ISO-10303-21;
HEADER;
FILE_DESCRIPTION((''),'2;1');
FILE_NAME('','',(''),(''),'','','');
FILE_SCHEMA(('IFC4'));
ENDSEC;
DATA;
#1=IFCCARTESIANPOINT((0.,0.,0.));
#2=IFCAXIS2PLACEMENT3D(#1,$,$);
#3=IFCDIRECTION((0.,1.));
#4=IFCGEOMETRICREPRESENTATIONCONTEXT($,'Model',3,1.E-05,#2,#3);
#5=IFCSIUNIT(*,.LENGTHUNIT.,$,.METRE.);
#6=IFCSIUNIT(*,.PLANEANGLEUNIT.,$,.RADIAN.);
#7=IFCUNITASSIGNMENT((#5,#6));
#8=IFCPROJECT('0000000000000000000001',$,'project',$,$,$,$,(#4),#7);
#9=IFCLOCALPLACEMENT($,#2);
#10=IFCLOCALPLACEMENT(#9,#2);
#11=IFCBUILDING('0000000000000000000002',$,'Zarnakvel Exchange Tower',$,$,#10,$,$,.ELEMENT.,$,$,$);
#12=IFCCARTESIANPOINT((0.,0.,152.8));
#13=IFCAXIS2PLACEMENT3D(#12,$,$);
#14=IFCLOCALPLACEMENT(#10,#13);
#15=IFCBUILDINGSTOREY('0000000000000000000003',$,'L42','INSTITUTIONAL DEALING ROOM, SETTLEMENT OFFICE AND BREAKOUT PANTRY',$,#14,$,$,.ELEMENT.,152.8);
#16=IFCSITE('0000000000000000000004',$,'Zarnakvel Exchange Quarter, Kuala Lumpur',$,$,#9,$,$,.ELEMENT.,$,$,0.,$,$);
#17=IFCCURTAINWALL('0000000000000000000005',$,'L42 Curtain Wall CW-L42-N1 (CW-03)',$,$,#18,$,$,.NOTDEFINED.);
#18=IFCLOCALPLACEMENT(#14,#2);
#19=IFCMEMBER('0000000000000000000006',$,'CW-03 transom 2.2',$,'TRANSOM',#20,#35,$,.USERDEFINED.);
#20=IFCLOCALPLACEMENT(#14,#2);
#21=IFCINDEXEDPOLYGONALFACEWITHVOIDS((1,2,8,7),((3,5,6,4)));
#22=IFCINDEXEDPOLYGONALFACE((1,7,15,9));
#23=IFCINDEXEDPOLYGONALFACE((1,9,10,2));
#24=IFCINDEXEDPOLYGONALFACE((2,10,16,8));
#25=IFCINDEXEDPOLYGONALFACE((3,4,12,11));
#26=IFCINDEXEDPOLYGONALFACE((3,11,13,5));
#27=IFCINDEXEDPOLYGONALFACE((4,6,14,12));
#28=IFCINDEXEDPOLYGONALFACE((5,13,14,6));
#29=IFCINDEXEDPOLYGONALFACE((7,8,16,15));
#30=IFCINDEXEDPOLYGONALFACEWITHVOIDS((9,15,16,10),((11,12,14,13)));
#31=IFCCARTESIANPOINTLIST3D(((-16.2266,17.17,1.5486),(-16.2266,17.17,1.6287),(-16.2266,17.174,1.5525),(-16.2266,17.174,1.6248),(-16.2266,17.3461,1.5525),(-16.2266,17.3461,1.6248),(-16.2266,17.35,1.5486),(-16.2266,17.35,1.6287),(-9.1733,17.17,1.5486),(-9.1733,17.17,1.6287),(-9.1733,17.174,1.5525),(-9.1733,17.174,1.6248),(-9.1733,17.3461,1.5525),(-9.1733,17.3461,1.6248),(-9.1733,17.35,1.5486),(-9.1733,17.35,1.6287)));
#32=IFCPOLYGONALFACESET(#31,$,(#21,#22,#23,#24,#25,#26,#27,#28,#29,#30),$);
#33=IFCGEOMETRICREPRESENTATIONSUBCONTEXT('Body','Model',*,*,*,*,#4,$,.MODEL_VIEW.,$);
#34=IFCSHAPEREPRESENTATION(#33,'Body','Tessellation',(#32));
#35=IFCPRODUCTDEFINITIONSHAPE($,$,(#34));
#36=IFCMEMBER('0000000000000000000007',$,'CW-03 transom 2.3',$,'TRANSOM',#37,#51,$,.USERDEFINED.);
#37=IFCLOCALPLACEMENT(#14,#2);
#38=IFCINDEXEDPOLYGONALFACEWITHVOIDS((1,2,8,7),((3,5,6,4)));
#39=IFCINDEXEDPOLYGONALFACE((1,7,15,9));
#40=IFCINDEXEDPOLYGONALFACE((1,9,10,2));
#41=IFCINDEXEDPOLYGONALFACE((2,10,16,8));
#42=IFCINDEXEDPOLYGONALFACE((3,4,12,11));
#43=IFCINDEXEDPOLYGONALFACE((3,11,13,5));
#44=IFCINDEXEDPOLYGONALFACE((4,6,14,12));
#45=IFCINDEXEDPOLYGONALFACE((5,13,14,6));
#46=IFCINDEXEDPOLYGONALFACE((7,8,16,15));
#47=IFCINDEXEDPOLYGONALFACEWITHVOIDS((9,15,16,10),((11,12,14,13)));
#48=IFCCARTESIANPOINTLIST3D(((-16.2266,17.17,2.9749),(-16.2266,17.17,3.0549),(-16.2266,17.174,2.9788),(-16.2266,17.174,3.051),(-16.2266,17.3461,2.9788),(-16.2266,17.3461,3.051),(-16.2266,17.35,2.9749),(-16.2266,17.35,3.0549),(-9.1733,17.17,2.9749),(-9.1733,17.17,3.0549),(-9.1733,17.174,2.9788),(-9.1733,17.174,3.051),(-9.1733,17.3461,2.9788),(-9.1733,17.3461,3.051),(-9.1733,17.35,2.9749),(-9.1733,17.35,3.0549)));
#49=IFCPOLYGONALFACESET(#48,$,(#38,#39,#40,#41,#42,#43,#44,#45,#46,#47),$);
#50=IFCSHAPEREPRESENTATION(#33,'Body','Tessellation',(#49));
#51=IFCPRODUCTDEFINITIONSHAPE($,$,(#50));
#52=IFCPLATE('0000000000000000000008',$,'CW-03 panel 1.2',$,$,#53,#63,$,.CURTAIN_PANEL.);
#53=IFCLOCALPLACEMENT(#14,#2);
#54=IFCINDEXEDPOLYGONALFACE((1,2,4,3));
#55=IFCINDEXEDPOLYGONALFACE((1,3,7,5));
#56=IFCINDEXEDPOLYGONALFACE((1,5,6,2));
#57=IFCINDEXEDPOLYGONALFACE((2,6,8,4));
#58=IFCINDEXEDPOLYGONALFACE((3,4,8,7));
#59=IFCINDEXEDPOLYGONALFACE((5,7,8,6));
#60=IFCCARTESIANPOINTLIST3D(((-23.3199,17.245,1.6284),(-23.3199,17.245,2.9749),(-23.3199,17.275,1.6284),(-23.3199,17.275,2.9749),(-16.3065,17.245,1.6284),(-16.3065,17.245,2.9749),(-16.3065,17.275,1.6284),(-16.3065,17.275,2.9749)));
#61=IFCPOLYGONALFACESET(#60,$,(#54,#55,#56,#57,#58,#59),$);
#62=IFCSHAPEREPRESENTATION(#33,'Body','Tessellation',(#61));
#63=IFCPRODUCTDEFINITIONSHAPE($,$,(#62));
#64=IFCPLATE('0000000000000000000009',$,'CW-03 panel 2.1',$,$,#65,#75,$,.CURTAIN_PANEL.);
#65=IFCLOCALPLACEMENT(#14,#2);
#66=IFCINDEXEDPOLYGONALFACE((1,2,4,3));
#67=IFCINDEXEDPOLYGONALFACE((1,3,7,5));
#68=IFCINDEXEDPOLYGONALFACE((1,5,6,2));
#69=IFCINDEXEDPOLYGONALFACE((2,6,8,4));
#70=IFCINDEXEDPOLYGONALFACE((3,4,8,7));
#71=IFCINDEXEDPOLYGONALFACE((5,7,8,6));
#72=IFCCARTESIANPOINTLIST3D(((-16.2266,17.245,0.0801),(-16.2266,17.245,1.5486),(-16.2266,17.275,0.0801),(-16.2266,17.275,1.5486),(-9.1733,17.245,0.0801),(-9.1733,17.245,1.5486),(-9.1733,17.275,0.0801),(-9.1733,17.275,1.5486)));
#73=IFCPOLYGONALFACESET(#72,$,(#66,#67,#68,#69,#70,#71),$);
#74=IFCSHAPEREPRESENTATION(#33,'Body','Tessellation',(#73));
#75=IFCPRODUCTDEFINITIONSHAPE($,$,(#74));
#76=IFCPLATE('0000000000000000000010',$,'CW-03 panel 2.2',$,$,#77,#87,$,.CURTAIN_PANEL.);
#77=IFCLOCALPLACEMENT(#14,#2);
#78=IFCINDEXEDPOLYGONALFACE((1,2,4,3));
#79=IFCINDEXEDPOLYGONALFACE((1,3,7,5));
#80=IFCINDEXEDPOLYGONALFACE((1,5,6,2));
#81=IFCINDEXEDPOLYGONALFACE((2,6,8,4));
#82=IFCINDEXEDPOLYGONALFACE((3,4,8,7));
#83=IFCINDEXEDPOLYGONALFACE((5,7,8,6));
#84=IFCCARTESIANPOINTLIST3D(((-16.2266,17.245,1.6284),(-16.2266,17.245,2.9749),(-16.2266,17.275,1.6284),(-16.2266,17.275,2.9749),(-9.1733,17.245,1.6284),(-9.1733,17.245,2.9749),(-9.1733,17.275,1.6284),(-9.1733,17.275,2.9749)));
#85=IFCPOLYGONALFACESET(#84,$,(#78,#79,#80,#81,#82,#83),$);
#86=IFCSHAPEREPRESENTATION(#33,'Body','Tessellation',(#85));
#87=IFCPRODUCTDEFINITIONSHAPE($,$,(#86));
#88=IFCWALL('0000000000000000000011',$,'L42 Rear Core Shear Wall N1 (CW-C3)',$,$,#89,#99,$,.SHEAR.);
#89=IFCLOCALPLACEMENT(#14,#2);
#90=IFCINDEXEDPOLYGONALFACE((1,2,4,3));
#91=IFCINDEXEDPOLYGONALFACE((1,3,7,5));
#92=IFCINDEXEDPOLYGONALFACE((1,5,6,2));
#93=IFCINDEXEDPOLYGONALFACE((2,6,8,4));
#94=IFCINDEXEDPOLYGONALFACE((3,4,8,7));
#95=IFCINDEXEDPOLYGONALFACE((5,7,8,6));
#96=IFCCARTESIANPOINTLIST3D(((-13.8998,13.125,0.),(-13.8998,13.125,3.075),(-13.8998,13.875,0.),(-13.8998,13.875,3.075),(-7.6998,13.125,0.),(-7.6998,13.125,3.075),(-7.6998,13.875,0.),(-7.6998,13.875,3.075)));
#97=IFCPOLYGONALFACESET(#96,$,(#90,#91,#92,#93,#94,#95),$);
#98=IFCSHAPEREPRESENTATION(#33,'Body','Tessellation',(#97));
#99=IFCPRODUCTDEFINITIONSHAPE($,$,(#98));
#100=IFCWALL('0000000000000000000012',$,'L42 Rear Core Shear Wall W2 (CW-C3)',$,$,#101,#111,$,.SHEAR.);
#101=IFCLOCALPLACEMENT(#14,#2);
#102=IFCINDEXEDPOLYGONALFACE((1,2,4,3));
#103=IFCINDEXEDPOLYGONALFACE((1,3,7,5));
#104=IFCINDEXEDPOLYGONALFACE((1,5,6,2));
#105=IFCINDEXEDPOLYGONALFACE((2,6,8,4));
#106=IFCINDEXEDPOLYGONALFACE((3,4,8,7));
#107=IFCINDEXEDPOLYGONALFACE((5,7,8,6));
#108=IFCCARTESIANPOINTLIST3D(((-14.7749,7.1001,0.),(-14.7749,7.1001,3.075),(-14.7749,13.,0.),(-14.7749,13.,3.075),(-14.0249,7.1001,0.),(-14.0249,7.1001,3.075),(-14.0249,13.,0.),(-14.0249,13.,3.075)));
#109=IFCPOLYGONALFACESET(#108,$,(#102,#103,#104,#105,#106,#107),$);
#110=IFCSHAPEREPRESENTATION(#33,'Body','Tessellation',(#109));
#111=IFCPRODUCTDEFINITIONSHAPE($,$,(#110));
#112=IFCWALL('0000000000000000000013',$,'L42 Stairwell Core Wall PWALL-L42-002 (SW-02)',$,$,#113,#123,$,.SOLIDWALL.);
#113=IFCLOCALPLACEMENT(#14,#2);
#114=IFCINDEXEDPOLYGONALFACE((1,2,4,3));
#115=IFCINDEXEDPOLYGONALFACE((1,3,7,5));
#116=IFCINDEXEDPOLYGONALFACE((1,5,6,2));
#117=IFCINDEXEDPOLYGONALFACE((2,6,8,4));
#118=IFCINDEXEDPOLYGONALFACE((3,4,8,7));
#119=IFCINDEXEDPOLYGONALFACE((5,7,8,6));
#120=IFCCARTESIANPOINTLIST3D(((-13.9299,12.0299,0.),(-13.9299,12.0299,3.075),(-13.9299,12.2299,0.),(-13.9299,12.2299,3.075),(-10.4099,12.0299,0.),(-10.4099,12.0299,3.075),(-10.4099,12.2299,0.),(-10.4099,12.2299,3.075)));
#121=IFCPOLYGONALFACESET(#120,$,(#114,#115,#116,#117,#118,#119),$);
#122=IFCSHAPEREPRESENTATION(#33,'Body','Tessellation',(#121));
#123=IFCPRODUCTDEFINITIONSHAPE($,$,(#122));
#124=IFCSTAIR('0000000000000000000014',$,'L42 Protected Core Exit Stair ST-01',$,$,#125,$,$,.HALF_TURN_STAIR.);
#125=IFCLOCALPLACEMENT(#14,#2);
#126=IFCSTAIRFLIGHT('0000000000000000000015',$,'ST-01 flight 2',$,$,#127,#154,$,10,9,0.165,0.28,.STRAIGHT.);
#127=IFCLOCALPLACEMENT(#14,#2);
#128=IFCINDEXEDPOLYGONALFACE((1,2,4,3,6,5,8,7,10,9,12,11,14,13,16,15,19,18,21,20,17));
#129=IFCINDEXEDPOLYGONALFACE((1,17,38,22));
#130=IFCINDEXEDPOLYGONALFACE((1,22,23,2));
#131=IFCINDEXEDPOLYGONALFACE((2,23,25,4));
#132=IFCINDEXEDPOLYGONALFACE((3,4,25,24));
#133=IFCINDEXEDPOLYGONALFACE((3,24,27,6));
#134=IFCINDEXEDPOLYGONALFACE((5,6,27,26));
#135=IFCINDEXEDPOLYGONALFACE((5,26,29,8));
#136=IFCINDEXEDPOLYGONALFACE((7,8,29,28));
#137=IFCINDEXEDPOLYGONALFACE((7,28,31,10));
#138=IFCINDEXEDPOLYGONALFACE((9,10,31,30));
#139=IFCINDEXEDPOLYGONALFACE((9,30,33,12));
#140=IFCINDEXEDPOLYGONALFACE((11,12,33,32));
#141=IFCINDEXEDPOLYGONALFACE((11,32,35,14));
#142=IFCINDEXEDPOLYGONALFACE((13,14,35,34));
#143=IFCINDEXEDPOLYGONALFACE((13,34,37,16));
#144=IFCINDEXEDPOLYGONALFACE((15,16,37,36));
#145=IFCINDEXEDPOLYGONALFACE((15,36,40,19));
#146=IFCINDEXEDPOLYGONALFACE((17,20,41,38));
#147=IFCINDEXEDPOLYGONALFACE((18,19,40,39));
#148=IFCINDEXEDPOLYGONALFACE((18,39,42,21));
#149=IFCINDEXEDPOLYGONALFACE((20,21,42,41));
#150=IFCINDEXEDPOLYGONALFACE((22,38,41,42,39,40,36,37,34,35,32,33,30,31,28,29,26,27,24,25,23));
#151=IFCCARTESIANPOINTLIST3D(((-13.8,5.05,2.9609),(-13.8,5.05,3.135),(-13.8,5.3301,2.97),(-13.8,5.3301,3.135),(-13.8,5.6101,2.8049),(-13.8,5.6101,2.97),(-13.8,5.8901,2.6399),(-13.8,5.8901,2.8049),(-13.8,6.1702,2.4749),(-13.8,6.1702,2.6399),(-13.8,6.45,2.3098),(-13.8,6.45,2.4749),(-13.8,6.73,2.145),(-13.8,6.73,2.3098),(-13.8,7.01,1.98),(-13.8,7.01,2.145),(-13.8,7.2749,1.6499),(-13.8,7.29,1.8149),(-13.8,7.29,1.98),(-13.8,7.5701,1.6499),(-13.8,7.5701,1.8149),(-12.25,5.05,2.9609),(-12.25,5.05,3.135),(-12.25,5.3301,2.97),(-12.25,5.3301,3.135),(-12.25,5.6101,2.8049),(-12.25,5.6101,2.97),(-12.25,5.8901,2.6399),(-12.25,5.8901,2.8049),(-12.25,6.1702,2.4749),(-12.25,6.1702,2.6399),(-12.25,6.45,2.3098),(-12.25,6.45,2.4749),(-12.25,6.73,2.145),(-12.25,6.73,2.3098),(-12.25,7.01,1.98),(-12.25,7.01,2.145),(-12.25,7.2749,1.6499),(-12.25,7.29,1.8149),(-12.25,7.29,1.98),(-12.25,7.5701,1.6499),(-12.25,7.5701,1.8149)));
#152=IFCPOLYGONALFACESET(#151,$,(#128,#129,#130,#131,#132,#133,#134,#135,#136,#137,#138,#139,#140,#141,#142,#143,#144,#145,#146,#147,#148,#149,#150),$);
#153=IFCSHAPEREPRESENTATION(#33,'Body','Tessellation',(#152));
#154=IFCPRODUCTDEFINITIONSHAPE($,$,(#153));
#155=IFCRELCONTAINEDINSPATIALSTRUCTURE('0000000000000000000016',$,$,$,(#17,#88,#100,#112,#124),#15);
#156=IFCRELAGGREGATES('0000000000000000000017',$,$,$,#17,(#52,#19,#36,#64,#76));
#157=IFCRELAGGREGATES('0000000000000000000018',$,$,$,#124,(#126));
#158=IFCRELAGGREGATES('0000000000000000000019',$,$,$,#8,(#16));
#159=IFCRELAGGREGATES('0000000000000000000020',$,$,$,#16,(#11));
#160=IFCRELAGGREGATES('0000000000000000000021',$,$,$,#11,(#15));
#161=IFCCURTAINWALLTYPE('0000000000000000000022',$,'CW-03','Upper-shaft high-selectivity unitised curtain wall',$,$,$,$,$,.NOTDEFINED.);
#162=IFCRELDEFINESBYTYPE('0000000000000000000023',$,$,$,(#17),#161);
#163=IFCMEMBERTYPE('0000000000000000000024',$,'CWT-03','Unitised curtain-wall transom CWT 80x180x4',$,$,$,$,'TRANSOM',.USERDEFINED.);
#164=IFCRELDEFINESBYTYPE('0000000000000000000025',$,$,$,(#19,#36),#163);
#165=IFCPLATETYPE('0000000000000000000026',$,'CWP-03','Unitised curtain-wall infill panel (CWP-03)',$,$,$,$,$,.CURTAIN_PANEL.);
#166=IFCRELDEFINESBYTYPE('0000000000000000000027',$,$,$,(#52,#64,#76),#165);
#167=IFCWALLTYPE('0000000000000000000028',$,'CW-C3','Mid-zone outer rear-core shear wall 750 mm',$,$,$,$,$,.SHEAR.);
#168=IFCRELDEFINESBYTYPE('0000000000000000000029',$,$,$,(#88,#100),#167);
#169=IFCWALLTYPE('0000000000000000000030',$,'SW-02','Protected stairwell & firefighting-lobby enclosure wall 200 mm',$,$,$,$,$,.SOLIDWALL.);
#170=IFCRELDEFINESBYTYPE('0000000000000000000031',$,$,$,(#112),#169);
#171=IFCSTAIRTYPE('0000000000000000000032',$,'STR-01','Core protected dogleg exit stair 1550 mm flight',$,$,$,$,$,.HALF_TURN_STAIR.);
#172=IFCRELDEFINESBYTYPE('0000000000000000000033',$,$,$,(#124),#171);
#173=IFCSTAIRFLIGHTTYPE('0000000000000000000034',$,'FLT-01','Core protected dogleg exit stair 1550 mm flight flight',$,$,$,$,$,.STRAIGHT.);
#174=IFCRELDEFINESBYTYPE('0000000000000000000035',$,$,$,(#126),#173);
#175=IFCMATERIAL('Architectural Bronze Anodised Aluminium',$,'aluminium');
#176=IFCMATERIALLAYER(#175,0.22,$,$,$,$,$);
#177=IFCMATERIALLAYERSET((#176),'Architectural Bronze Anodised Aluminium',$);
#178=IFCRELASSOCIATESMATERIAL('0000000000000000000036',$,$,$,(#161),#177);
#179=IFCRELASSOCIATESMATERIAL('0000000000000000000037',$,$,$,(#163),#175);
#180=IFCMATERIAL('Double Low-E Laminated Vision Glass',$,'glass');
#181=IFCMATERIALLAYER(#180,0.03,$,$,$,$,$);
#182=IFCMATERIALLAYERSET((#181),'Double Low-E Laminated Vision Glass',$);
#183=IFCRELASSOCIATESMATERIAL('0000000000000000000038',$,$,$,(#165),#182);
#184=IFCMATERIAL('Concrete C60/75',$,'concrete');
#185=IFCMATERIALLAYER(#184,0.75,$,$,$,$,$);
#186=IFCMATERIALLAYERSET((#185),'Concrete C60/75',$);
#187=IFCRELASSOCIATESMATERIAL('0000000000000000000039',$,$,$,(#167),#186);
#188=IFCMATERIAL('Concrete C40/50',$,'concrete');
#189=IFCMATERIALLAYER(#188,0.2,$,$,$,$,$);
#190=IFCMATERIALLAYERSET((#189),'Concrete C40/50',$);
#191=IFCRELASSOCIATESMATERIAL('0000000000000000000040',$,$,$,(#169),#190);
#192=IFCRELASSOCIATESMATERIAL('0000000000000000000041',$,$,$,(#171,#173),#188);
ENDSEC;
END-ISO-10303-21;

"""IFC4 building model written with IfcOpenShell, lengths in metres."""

from ifc_helpers import new_model, si_unit, direction, frame, frame_2d, origin, origin_2d, place, context, subcontext, project, spatial, polyline, rectangle, hollow_rectangle, outline, extrude, source, transform, mapped, material, layer, layer_set, material_profile, profile_set, type_object, element, aggregate, save


model = new_model("IFC4")

# Units and contexts
model_context = context("Model", 3, precision=1e-05, world=origin(), true_north=direction((0.0, 1.0)))
body_context = subcontext(model_context, "Body", "Model", "MODEL_VIEW")
ifc_project = project(units=[si_unit("LENGTHUNIT", "METRE"), si_unit("PLANEANGLEUNIT", "RADIAN")], contexts=[model_context])

# Site, building, storey
site_placement = place(None, origin())
site = spatial("IfcSite", under=ifc_project, at=site_placement, Name="Zarnakvel Exchange Quarter, Kuala Lumpur", CompositionType="ELEMENT", RefElevation=0.0)
building_placement = place(site_placement, origin())
building = spatial("IfcBuilding", under=site, at=building_placement, Name="Zarnakvel Exchange Tower", CompositionType="ELEMENT")
storey_placement = place(building_placement, frame((0.0, 0.0, 152.8)))
storey = spatial("IfcBuildingStorey", under=building, at=storey_placement, Name="L42", Description="INSTITUTIONAL DEALING ROOM, SETTLEMENT OFFICE AND BREAKOUT PANTRY", CompositionType="ELEMENT", Elevation=152.8)

# Shared definitions
ifc_material_1 = material(Name="Concrete C60/75", Category="concrete")

# Curtain wall, members, plates
ifc_material_2 = material(Name="Architectural Bronze Anodised Aluminium", Category="aluminium")
ifc_layer_1 = layer(ifc_material_2, 0.22)
ifc_layer_set_1 = layer_set([ifc_layer_1], Name="Architectural Bronze Anodised Aluminium")
curtain_wall_type = type_object("IfcCurtainWallType", Name="CW-03", Description="Upper-shaft high-selectivity unitised curtain wall", PredefinedType="NOTDEFINED", material=ifc_layer_set_1)
curtain_wall_placement = place(storey_placement, origin())
curtain_wall = element("IfcCurtainWall", 1, at=curtain_wall_placement, inside=storey, type_object=curtain_wall_type, Name="L42 Curtain Wall CW-L42-N1 (CW-03)", PredefinedType="NOTDEFINED")
ifc_material_profile_1 = material_profile(ifc_material_2, hollow_rectangle(XDim=0.1799, YDim=0.0801, WallThickness=0.0039, at=origin_2d()))
ifc_profile_set_1 = profile_set([ifc_material_profile_1], Name="Architectural Bronze Anodised Aluminium")
member_type_1 = type_object("IfcMemberType", Name="CWT-03", Description="Unitised curtain-wall transom CWT 80x180x4", ElementType="TRANSOM", PredefinedType="USERDEFINED", material=ifc_profile_set_1)
shared_shape_1 = source(origin(), body_context, "Body", "SweptSolid", [
    extrude(hollow_rectangle(XDim=0.1799, YDim=0.0801, WallThickness=0.0039, at=origin_2d()), origin(), (0.0, 0.0, 1.0), 7.0532),
])
member_1_placement = place(storey_placement, frame((-16.2266, 17.26, 1.5886), z_axis=(1.0, 0.0, 0.0), x_axis=(0.0, 1.0, 0.0)))
member_1 = element("IfcMember", 2, at=member_1_placement, type_object=member_type_1, Name="CW-03 transom 2.2", ObjectType="TRANSOM", PredefinedType="USERDEFINED", context=body_context, shape_type="MappedRepresentation", body=[
    mapped(shared_shape_1, transform((0.0, 0.0, 0.0), x_axis=(1.0, 0.0, 0.0), y_axis=(0.0, 1.0, 0.0), z_axis=(0.0, 0.0, 1.0), scale=1.0)),
])
member_2_placement = place(storey_placement, frame((-16.2266, 17.26, 3.0149), z_axis=(1.0, 0.0, 0.0), x_axis=(0.0, 1.0, 0.0)))
member_2 = element("IfcMember", 3, at=member_2_placement, type_object=member_type_1, Name="CW-03 transom 2.3", ObjectType="TRANSOM", PredefinedType="USERDEFINED", context=body_context, shape_type="MappedRepresentation", body=[
    mapped(shared_shape_1, transform((0.0, 0.0, 0.0), x_axis=(1.0, 0.0, 0.0), y_axis=(0.0, 1.0, 0.0), z_axis=(0.0, 0.0, 1.0), scale=1.0)),
])
ifc_material_3 = material(Name="Double Low-E Laminated Vision Glass", Category="glass")
ifc_layer_2 = layer(ifc_material_3, 0.03)
ifc_layer_set_2 = layer_set([ifc_layer_2], Name="Double Low-E Laminated Vision Glass")
plate_type = type_object("IfcPlateType", Name="CWP-03", Description="Unitised curtain-wall infill panel (CWP-03)", PredefinedType="CURTAIN_PANEL", material=ifc_layer_set_2)
shared_shape_2 = source(origin(), body_context, "Body", "SweptSolid", [
    extrude(rectangle(XDim=7.0134, YDim=0.03, at=origin_2d()), origin(), (0.0, 0.0, 1.0), 1.3464),
])
plate_1_placement = place(storey_placement, frame((-19.8132, 17.26, 1.6284), z_axis=(0.0, 0.0, 1.0), x_axis=(1.0, 0.0, 0.0)))
plate_1 = element("IfcPlate", 4, at=plate_1_placement, type_object=plate_type, Name="CW-03 panel 1.2", PredefinedType="CURTAIN_PANEL", context=body_context, shape_type="MappedRepresentation", body=[
    mapped(shared_shape_2, transform((0.0, 0.0, 0.0), x_axis=(1.0, 0.0, 0.0), y_axis=(0.0, 1.0, 0.0), z_axis=(0.0, 0.0, 1.0), scale=1.0)),
])
shared_shape_3 = source(origin(), body_context, "Body", "SweptSolid", [
    extrude(rectangle(XDim=7.0532, YDim=0.03, at=origin_2d()), origin(), (0.0, 0.0, 1.0), 1.4685),
])
plate_2_placement = place(storey_placement, frame((-12.7, 17.26, 0.0801), z_axis=(0.0, 0.0, 1.0), x_axis=(1.0, 0.0, 0.0)))
plate_2 = element("IfcPlate", 5, at=plate_2_placement, type_object=plate_type, Name="CW-03 panel 2.1", PredefinedType="CURTAIN_PANEL", context=body_context, shape_type="MappedRepresentation", body=[
    mapped(shared_shape_3, transform((0.0, 0.0, 0.0), x_axis=(1.0, 0.0, 0.0), y_axis=(0.0, 1.0, 0.0), z_axis=(0.0, 0.0, 1.0), scale=1.0)),
])
shared_shape_4 = source(origin(), body_context, "Body", "SweptSolid", [
    extrude(rectangle(XDim=7.0532, YDim=0.03, at=origin_2d()), origin(), (0.0, 0.0, 1.0), 1.3464),
])
plate_3_placement = place(storey_placement, frame((-12.7, 17.26, 1.6284), z_axis=(0.0, 0.0, 1.0), x_axis=(1.0, 0.0, 0.0)))
plate_3 = element("IfcPlate", 6, at=plate_3_placement, type_object=plate_type, Name="CW-03 panel 2.2", PredefinedType="CURTAIN_PANEL", context=body_context, shape_type="MappedRepresentation", body=[
    mapped(shared_shape_4, transform((0.0, 0.0, 0.0), x_axis=(1.0, 0.0, 0.0), y_axis=(0.0, 1.0, 0.0), z_axis=(0.0, 0.0, 1.0), scale=1.0)),
])
aggregate(curtain_wall, [plate_1, member_1, member_2, plate_2, plate_3])

# Walls
ifc_layer_3 = layer(ifc_material_1, 0.75)
ifc_layer_set_3 = layer_set([ifc_layer_3], Name="Concrete C60/75")
wall_type_1 = type_object("IfcWallType", Name="CW-C3", Description="Mid-zone outer rear-core shear wall 750 mm", PredefinedType="SHEAR", material=ifc_layer_set_3)
wall_1_placement = place(storey_placement, frame((-13.8999, 13.5, 0.0), z_axis=(0.0, 0.0, 1.0), x_axis=(1.0, 0.0, 0.0)))
element("IfcWall", 7, at=wall_1_placement, inside=storey, type_object=wall_type_1, Name="L42 Rear Core Shear Wall N1 (CW-C3)", PredefinedType="SHEAR", context=body_context, shape_type="SweptSolid", body=[
    extrude(rectangle(XDim=6.2, YDim=0.75, at=frame_2d((3.1001, 0.0))), origin(), (0.0, 0.0, 1.0), 3.075),
])
wall_2_placement = place(storey_placement, frame((-14.3999, 7.1001, 0.0), z_axis=(0.0, 0.0, 1.0), x_axis=(0.0, 1.0, 0.0)))
element("IfcWall", 8, at=wall_2_placement, inside=storey, type_object=wall_type_1, Name="L42 Rear Core Shear Wall W2 (CW-C3)", PredefinedType="SHEAR", context=body_context, shape_type="SweptSolid", body=[
    extrude(rectangle(XDim=5.8999, YDim=0.75, at=frame_2d((2.95, 0.0))), origin(), (0.0, 0.0, 1.0), 3.075),
])

# Wall
ifc_material_4 = material(Name="Concrete C40/50", Category="concrete")
ifc_layer_4 = layer(ifc_material_4, 0.2)
ifc_layer_set_4 = layer_set([ifc_layer_4], Name="Concrete C40/50")
wall_type_2 = type_object("IfcWallType", Name="SW-02", Description="Protected stairwell & firefighting-lobby enclosure wall 200 mm", PredefinedType="SOLIDWALL", material=ifc_layer_set_4)
wall_3_placement = place(storey_placement, frame((-13.9299, 12.1299, 0.0), z_axis=(0.0, 0.0, 1.0), x_axis=(1.0, 0.0, 0.0)))
element("IfcWall", 9, at=wall_3_placement, inside=storey, type_object=wall_type_2, Name="L42 Stairwell Core Wall PWALL-L42-002 (SW-02)", PredefinedType="SOLIDWALL", context=body_context, shape_type="SweptSolid", body=[
    extrude(rectangle(XDim=3.52, YDim=0.2, at=frame_2d((1.76, 0.0))), origin(), (0.0, 0.0, 1.0), 3.075),
])

# Stair, stair flight
stair_type = type_object("IfcStairType", Name="STR-01", Description="Core protected dogleg exit stair 1550 mm flight", PredefinedType="HALF_TURN_STAIR", material=ifc_material_4)
stair_placement = place(storey_placement, origin())
stair = element("IfcStair", 10, at=stair_placement, inside=storey, type_object=stair_type, Name="L42 Protected Core Exit Stair ST-01", PredefinedType="HALF_TURN_STAIR")
stair_flight_type = type_object("IfcStairFlightType", Name="FLT-01", Description="Core protected dogleg exit stair 1550 mm flight flight", PredefinedType="STRAIGHT", material=ifc_material_4)
stair_flight_placement = place(storey_placement, frame((-13.0249, 7.5701, 1.6499), z_axis=(0.0, 0.0, 1.0), x_axis=(0.0, -1.0, 0.0)))
stair_flight = element("IfcStairFlight", 11, at=stair_flight_placement, type_object=stair_flight_type, Name="ST-01 flight 2", NumberOfRisers=10, NumberOfTreads=9, PredefinedType="STRAIGHT", RiserHeight=0.165, TreadLength=0.28, context=body_context, shape_type="SweptSolid", body=[
    extrude(outline(polyline([(0.0, 0.0), (0.0, 0.165), (0.28, 0.165), (0.28, 0.3301), (0.5601, 0.3301), (0.5601, 0.4951), (0.8401, 0.4951), (0.8401, 0.6599), (1.1201, 0.6599), (1.1201, 0.825), (1.3999, 0.825), (1.3999, 0.99), (1.6799, 0.99), (1.6799, 1.155), (1.96, 1.155), (1.96, 1.3201), (2.24, 1.3201), (2.24, 1.4851), (2.52, 1.4851), (2.52, 1.6499), (2.52, 1.311), (0.2952, 0.0), (0.0, 0.0)])), frame((0.0, 0.7749, 0.0), z_axis=(0.0, -1.0, 0.0), x_axis=(1.0, 0.0, 0.0)), (0.0, 0.0, 1.0), 1.55),
])
aggregate(stair, [stair_flight])

save(model, "model.ifc")
